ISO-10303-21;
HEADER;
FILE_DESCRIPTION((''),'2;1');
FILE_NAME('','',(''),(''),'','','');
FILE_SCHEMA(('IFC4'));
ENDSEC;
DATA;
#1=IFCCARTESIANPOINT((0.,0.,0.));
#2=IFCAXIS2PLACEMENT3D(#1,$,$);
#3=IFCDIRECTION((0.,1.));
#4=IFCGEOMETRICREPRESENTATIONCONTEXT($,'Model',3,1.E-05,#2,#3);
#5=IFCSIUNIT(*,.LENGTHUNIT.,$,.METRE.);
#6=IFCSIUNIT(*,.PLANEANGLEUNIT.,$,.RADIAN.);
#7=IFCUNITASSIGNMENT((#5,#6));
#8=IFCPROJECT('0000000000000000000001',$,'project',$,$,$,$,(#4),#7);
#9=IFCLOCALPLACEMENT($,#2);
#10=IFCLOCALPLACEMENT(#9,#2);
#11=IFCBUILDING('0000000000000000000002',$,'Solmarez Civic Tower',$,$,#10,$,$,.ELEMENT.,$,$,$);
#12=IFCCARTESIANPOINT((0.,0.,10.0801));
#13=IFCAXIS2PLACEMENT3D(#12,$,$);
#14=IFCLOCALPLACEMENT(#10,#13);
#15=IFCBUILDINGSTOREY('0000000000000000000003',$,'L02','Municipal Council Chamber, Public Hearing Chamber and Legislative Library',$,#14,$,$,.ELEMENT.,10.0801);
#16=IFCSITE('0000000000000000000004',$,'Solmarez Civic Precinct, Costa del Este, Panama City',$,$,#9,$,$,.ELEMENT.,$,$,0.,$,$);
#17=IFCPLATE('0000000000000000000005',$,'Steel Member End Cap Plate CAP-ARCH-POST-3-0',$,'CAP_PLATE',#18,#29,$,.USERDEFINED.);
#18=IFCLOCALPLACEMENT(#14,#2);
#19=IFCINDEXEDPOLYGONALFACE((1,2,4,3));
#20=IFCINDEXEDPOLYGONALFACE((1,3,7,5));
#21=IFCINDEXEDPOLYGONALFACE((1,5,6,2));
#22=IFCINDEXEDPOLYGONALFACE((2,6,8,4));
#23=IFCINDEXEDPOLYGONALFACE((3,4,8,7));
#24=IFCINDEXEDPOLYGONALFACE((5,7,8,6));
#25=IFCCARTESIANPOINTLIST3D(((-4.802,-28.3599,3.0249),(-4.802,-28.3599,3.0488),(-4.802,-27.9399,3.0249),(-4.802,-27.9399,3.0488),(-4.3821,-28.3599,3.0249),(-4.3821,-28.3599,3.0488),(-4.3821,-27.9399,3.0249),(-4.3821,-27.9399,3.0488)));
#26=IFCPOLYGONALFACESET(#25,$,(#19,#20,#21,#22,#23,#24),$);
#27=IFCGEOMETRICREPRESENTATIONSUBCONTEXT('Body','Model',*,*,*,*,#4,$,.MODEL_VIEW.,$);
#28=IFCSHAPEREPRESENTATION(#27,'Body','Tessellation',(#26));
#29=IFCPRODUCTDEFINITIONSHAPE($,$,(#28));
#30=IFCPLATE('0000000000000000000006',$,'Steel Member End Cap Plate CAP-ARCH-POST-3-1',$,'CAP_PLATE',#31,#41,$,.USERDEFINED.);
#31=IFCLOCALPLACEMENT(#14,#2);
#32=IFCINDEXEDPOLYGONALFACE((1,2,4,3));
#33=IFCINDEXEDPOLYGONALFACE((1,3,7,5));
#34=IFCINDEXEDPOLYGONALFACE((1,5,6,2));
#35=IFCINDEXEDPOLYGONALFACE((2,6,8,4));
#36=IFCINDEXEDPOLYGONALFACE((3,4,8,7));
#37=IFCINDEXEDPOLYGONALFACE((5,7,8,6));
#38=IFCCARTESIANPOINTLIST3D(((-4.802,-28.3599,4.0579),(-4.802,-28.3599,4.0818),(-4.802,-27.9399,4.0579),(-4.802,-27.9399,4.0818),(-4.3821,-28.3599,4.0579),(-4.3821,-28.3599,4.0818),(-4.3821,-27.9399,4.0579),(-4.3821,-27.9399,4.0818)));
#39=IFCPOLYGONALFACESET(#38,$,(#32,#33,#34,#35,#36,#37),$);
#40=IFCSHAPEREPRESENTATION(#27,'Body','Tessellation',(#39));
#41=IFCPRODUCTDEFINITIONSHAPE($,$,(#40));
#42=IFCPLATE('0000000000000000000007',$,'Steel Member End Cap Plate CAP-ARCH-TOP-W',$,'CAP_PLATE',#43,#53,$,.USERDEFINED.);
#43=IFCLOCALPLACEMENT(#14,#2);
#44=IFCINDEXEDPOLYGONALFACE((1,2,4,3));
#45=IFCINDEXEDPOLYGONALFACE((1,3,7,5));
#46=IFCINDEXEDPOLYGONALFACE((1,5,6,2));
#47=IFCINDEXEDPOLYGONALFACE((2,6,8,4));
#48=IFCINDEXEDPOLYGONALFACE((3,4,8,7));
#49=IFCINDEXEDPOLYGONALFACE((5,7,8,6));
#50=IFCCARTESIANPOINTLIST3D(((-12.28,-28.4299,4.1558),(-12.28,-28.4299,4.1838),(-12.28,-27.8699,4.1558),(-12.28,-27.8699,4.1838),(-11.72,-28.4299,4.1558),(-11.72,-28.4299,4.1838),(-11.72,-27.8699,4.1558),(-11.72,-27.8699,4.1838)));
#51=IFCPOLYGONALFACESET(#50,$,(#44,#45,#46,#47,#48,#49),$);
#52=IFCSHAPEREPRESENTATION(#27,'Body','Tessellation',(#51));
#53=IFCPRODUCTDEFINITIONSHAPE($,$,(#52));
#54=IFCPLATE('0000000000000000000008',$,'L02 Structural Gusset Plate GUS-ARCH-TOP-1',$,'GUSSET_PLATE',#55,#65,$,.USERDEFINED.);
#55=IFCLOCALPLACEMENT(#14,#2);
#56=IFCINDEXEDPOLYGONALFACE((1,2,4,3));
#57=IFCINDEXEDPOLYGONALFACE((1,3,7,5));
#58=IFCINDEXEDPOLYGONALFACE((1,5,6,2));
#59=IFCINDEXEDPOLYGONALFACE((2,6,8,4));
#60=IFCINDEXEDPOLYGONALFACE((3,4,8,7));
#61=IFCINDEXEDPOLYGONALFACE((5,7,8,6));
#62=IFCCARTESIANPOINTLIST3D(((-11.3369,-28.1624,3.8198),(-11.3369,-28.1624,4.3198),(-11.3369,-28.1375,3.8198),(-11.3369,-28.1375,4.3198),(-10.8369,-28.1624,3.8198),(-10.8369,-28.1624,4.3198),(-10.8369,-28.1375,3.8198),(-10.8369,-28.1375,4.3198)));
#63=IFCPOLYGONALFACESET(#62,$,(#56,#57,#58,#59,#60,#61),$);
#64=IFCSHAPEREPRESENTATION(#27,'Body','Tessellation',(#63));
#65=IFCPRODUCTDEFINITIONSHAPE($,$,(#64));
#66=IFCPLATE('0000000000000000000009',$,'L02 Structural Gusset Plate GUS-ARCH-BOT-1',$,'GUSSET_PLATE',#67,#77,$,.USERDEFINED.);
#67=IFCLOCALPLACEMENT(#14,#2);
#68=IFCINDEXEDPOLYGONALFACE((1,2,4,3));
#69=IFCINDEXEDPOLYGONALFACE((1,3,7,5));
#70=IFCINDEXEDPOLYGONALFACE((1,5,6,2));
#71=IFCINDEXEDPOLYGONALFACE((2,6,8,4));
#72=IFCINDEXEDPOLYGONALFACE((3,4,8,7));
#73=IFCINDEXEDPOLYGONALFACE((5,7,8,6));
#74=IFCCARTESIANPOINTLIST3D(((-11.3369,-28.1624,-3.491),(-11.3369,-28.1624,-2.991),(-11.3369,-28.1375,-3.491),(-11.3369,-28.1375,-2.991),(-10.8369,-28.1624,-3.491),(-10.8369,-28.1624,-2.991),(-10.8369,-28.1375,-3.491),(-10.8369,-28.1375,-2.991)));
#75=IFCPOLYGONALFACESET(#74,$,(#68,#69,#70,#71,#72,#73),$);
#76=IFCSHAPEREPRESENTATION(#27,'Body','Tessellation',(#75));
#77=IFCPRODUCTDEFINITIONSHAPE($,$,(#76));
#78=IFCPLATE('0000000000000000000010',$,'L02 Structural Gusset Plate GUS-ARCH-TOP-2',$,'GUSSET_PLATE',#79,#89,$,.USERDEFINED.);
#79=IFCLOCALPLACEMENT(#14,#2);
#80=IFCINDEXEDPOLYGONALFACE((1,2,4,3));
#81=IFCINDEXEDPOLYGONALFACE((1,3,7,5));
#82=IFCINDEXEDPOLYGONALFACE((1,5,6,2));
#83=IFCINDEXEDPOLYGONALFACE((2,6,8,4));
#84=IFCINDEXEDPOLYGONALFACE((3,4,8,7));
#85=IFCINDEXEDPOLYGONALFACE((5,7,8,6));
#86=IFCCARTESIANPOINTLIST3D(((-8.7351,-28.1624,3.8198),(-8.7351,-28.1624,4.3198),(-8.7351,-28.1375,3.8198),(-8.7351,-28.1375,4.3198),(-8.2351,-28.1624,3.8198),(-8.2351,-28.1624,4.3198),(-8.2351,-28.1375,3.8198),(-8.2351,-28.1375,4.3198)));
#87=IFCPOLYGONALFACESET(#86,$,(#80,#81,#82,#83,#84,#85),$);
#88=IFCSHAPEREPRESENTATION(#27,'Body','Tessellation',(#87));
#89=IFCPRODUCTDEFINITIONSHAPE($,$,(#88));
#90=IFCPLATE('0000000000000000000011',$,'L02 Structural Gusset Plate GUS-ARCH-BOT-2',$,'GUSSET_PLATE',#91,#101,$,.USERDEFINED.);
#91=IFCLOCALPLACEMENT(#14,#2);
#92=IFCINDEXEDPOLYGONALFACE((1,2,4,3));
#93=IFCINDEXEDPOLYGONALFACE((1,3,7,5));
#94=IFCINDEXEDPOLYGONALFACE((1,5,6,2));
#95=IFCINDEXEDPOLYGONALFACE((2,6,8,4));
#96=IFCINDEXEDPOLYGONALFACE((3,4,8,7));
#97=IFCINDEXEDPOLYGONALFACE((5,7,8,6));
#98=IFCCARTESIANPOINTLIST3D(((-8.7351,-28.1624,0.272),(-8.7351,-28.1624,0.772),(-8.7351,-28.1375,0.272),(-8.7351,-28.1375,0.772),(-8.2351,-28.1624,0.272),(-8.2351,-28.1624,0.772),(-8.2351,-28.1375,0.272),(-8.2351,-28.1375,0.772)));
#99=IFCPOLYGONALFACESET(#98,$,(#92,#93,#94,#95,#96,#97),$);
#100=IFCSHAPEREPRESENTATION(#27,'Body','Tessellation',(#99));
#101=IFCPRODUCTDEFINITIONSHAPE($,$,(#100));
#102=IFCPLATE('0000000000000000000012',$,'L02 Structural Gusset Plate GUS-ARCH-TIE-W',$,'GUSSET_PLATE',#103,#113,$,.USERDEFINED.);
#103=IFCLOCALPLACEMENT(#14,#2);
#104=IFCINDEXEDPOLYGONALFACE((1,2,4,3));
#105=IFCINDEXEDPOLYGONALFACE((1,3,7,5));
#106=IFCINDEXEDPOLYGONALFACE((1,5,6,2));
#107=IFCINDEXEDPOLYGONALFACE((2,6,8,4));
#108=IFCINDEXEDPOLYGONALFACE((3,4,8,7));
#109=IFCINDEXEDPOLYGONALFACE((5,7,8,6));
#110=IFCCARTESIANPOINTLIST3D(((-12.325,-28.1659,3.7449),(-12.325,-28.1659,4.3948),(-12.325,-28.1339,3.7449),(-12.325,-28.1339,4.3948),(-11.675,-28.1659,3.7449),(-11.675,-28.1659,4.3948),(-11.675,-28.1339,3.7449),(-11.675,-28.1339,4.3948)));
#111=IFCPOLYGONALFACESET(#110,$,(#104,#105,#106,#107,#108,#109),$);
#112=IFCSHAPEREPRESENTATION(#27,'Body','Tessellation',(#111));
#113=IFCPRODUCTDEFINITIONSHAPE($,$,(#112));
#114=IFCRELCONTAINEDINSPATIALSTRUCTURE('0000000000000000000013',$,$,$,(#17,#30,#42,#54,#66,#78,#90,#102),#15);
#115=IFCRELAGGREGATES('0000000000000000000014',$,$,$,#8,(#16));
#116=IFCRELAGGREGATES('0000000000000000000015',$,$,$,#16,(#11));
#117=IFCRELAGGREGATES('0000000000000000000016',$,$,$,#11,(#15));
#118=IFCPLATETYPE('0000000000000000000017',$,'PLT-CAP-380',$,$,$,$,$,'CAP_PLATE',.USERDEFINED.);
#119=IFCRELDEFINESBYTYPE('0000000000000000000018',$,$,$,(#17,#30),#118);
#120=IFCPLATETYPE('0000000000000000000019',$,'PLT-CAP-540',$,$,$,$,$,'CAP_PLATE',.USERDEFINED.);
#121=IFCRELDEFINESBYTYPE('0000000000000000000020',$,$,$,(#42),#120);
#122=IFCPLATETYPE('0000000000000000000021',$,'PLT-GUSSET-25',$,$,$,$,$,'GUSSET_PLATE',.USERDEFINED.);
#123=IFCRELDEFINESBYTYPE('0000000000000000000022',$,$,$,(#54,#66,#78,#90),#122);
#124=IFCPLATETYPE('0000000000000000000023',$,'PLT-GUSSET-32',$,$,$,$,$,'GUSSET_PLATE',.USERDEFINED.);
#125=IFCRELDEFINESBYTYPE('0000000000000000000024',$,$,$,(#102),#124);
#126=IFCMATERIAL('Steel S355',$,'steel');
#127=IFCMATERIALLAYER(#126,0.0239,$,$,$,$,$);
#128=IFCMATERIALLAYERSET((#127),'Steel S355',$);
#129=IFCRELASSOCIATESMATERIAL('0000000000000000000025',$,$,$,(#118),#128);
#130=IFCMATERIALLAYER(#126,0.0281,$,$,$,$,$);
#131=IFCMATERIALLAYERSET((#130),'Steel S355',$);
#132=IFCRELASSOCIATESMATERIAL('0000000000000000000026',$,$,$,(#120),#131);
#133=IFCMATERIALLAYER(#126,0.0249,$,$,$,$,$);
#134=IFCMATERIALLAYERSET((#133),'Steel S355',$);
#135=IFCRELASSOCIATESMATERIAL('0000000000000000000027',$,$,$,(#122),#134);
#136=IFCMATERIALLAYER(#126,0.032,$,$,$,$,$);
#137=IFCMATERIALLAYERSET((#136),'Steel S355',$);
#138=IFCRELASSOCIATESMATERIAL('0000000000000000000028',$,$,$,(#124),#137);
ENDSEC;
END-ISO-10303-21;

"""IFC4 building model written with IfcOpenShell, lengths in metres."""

from ifc_helpers import new_model, si_unit, direction, frame, origin, origin_2d, place, context, subcontext, project, spatial, rectangle, extrude, material, layer, layer_set, type_object, element, save


model = new_model("IFC4")

# Units and contexts
model_context = context("Model", 3, precision=1e-05, world=origin(), true_north=direction((0.0, 1.0)))
body_context = subcontext(model_context, "Body", "Model", "MODEL_VIEW")
ifc_project = project(units=[si_unit("LENGTHUNIT", "METRE"), si_unit("PLANEANGLEUNIT", "RADIAN")], contexts=[model_context])

# Site, building, storey
site_placement = place(None, origin())
site = spatial("IfcSite", under=ifc_project, at=site_placement, Name="Solmarez Civic Precinct, Costa del Este, Panama City", CompositionType="ELEMENT", RefElevation=0.0)
building_placement = place(site_placement, origin())
building = spatial("IfcBuilding", under=site, at=building_placement, Name="Solmarez Civic Tower", CompositionType="ELEMENT")
storey_placement = place(building_placement, frame((0.0, 0.0, 10.0801)))
storey = spatial("IfcBuildingStorey", under=building, at=storey_placement, Name="L02", Description="Municipal Council Chamber, Public Hearing Chamber and Legislative Library", CompositionType="ELEMENT", Elevation=10.0801)

# Shared definitions
ifc_material = material(Name="Steel S355", Category="steel")

# Plates
ifc_layer_1 = layer(ifc_material, 0.0239)
ifc_layer_set_1 = layer_set([ifc_layer_1], Name="Steel S355")
plate_type_1 = type_object("IfcPlateType", Name="PLT-CAP-380", ElementType="CAP_PLATE", PredefinedType="USERDEFINED", material=ifc_layer_set_1)
for number, where, z_axis, x_axis, name in (
    (1, (-4.592, -28.1499, 3.0249), (0.0, 0.0, 1.0), (1.0, 0.0, 0.0), "Steel Member End Cap Plate CAP-ARCH-POST-3-0"),
    (2, (-4.592, -28.1499, 4.0579), (0.0, 0.0, 1.0), (1.0, 0.0, 0.0), "Steel Member End Cap Plate CAP-ARCH-POST-3-1"),
):
    element("IfcPlate", number, at=place(storey_placement, frame(where, z_axis=z_axis, x_axis=x_axis)), inside=storey, type_object=plate_type_1, Name=name, ObjectType="CAP_PLATE", PredefinedType="USERDEFINED", context=body_context, shape_type="SweptSolid", body=[
        extrude(rectangle(XDim=0.4199, YDim=0.4199, at=origin_2d()), origin(), (0.0, 0.0, 1.0), 0.0239),
    ])
ifc_layer_2 = layer(ifc_material, 0.0281)
ifc_layer_set_2 = layer_set([ifc_layer_2], Name="Steel S355")
plate_type_2 = type_object("IfcPlateType", Name="PLT-CAP-540", ElementType="CAP_PLATE", PredefinedType="USERDEFINED", material=ifc_layer_set_2)
plate_1_placement = place(storey_placement, frame((-12.0, -28.1499, 4.1558), z_axis=(0.0, 0.0, 1.0), x_axis=(1.0, 0.0, 0.0)))
element("IfcPlate", 3, at=plate_1_placement, inside=storey, type_object=plate_type_2, Name="Steel Member End Cap Plate CAP-ARCH-TOP-W", ObjectType="CAP_PLATE", PredefinedType="USERDEFINED", context=body_context, shape_type="SweptSolid", body=[
    extrude(rectangle(XDim=0.5601, YDim=0.5601, at=origin_2d()), origin(), (0.0, 0.0, 1.0), 0.0281),
])
ifc_layer_3 = layer(ifc_material, 0.0249)
ifc_layer_set_3 = layer_set([ifc_layer_3], Name="Steel S355")
plate_type_3 = type_object("IfcPlateType", Name="PLT-GUSSET-25", ElementType="GUSSET_PLATE", PredefinedType="USERDEFINED", material=ifc_layer_set_3)
for number, where, z_axis, x_axis, name in (
    (4, (-11.0869, -28.1499, 3.8198), (0.0, 0.0, 1.0), (1.0, 0.0, 0.0), "L02 Structural Gusset Plate GUS-ARCH-TOP-1"),
    (5, (-11.0869, -28.1499, -3.491), (0.0, 0.0, 1.0), (1.0, 0.0, 0.0), "L02 Structural Gusset Plate GUS-ARCH-BOT-1"),
    (6, (-8.4851, -28.1499, 3.8198), (0.0, 0.0, 1.0), (1.0, 0.0, 0.0), "L02 Structural Gusset Plate GUS-ARCH-TOP-2"),
    (7, (-8.4851, -28.1499, 0.272), (0.0, 0.0, 1.0), (1.0, 0.0, 0.0), "L02 Structural Gusset Plate GUS-ARCH-BOT-2"),
):
    element("IfcPlate", number, at=place(storey_placement, frame(where, z_axis=z_axis, x_axis=x_axis)), inside=storey, type_object=plate_type_3, Name=name, ObjectType="GUSSET_PLATE", PredefinedType="USERDEFINED", context=body_context, shape_type="SweptSolid", body=[
        extrude(rectangle(XDim=0.5, YDim=0.0249, at=origin_2d()), origin(), (0.0, 0.0, 1.0), 0.5),
    ])
ifc_layer_4 = layer(ifc_material, 0.032)
ifc_layer_set_4 = layer_set([ifc_layer_4], Name="Steel S355")
plate_type_4 = type_object("IfcPlateType", Name="PLT-GUSSET-32", ElementType="GUSSET_PLATE", PredefinedType="USERDEFINED", material=ifc_layer_set_4)
plate_2_placement = place(storey_placement, frame((-12.0, -28.1499, 3.7449), z_axis=(0.0, 0.0, 1.0), x_axis=(1.0, 0.0, 0.0)))
element("IfcPlate", 8, at=plate_2_placement, inside=storey, type_object=plate_type_4, Name="L02 Structural Gusset Plate GUS-ARCH-TIE-W", ObjectType="GUSSET_PLATE", PredefinedType="USERDEFINED", context=body_context, shape_type="SweptSolid", body=[
    extrude(rectangle(XDim=0.6499, YDim=0.032, at=origin_2d()), origin(), (0.0, 0.0, 1.0), 0.6499),
])

save(model, "model.ifc")
